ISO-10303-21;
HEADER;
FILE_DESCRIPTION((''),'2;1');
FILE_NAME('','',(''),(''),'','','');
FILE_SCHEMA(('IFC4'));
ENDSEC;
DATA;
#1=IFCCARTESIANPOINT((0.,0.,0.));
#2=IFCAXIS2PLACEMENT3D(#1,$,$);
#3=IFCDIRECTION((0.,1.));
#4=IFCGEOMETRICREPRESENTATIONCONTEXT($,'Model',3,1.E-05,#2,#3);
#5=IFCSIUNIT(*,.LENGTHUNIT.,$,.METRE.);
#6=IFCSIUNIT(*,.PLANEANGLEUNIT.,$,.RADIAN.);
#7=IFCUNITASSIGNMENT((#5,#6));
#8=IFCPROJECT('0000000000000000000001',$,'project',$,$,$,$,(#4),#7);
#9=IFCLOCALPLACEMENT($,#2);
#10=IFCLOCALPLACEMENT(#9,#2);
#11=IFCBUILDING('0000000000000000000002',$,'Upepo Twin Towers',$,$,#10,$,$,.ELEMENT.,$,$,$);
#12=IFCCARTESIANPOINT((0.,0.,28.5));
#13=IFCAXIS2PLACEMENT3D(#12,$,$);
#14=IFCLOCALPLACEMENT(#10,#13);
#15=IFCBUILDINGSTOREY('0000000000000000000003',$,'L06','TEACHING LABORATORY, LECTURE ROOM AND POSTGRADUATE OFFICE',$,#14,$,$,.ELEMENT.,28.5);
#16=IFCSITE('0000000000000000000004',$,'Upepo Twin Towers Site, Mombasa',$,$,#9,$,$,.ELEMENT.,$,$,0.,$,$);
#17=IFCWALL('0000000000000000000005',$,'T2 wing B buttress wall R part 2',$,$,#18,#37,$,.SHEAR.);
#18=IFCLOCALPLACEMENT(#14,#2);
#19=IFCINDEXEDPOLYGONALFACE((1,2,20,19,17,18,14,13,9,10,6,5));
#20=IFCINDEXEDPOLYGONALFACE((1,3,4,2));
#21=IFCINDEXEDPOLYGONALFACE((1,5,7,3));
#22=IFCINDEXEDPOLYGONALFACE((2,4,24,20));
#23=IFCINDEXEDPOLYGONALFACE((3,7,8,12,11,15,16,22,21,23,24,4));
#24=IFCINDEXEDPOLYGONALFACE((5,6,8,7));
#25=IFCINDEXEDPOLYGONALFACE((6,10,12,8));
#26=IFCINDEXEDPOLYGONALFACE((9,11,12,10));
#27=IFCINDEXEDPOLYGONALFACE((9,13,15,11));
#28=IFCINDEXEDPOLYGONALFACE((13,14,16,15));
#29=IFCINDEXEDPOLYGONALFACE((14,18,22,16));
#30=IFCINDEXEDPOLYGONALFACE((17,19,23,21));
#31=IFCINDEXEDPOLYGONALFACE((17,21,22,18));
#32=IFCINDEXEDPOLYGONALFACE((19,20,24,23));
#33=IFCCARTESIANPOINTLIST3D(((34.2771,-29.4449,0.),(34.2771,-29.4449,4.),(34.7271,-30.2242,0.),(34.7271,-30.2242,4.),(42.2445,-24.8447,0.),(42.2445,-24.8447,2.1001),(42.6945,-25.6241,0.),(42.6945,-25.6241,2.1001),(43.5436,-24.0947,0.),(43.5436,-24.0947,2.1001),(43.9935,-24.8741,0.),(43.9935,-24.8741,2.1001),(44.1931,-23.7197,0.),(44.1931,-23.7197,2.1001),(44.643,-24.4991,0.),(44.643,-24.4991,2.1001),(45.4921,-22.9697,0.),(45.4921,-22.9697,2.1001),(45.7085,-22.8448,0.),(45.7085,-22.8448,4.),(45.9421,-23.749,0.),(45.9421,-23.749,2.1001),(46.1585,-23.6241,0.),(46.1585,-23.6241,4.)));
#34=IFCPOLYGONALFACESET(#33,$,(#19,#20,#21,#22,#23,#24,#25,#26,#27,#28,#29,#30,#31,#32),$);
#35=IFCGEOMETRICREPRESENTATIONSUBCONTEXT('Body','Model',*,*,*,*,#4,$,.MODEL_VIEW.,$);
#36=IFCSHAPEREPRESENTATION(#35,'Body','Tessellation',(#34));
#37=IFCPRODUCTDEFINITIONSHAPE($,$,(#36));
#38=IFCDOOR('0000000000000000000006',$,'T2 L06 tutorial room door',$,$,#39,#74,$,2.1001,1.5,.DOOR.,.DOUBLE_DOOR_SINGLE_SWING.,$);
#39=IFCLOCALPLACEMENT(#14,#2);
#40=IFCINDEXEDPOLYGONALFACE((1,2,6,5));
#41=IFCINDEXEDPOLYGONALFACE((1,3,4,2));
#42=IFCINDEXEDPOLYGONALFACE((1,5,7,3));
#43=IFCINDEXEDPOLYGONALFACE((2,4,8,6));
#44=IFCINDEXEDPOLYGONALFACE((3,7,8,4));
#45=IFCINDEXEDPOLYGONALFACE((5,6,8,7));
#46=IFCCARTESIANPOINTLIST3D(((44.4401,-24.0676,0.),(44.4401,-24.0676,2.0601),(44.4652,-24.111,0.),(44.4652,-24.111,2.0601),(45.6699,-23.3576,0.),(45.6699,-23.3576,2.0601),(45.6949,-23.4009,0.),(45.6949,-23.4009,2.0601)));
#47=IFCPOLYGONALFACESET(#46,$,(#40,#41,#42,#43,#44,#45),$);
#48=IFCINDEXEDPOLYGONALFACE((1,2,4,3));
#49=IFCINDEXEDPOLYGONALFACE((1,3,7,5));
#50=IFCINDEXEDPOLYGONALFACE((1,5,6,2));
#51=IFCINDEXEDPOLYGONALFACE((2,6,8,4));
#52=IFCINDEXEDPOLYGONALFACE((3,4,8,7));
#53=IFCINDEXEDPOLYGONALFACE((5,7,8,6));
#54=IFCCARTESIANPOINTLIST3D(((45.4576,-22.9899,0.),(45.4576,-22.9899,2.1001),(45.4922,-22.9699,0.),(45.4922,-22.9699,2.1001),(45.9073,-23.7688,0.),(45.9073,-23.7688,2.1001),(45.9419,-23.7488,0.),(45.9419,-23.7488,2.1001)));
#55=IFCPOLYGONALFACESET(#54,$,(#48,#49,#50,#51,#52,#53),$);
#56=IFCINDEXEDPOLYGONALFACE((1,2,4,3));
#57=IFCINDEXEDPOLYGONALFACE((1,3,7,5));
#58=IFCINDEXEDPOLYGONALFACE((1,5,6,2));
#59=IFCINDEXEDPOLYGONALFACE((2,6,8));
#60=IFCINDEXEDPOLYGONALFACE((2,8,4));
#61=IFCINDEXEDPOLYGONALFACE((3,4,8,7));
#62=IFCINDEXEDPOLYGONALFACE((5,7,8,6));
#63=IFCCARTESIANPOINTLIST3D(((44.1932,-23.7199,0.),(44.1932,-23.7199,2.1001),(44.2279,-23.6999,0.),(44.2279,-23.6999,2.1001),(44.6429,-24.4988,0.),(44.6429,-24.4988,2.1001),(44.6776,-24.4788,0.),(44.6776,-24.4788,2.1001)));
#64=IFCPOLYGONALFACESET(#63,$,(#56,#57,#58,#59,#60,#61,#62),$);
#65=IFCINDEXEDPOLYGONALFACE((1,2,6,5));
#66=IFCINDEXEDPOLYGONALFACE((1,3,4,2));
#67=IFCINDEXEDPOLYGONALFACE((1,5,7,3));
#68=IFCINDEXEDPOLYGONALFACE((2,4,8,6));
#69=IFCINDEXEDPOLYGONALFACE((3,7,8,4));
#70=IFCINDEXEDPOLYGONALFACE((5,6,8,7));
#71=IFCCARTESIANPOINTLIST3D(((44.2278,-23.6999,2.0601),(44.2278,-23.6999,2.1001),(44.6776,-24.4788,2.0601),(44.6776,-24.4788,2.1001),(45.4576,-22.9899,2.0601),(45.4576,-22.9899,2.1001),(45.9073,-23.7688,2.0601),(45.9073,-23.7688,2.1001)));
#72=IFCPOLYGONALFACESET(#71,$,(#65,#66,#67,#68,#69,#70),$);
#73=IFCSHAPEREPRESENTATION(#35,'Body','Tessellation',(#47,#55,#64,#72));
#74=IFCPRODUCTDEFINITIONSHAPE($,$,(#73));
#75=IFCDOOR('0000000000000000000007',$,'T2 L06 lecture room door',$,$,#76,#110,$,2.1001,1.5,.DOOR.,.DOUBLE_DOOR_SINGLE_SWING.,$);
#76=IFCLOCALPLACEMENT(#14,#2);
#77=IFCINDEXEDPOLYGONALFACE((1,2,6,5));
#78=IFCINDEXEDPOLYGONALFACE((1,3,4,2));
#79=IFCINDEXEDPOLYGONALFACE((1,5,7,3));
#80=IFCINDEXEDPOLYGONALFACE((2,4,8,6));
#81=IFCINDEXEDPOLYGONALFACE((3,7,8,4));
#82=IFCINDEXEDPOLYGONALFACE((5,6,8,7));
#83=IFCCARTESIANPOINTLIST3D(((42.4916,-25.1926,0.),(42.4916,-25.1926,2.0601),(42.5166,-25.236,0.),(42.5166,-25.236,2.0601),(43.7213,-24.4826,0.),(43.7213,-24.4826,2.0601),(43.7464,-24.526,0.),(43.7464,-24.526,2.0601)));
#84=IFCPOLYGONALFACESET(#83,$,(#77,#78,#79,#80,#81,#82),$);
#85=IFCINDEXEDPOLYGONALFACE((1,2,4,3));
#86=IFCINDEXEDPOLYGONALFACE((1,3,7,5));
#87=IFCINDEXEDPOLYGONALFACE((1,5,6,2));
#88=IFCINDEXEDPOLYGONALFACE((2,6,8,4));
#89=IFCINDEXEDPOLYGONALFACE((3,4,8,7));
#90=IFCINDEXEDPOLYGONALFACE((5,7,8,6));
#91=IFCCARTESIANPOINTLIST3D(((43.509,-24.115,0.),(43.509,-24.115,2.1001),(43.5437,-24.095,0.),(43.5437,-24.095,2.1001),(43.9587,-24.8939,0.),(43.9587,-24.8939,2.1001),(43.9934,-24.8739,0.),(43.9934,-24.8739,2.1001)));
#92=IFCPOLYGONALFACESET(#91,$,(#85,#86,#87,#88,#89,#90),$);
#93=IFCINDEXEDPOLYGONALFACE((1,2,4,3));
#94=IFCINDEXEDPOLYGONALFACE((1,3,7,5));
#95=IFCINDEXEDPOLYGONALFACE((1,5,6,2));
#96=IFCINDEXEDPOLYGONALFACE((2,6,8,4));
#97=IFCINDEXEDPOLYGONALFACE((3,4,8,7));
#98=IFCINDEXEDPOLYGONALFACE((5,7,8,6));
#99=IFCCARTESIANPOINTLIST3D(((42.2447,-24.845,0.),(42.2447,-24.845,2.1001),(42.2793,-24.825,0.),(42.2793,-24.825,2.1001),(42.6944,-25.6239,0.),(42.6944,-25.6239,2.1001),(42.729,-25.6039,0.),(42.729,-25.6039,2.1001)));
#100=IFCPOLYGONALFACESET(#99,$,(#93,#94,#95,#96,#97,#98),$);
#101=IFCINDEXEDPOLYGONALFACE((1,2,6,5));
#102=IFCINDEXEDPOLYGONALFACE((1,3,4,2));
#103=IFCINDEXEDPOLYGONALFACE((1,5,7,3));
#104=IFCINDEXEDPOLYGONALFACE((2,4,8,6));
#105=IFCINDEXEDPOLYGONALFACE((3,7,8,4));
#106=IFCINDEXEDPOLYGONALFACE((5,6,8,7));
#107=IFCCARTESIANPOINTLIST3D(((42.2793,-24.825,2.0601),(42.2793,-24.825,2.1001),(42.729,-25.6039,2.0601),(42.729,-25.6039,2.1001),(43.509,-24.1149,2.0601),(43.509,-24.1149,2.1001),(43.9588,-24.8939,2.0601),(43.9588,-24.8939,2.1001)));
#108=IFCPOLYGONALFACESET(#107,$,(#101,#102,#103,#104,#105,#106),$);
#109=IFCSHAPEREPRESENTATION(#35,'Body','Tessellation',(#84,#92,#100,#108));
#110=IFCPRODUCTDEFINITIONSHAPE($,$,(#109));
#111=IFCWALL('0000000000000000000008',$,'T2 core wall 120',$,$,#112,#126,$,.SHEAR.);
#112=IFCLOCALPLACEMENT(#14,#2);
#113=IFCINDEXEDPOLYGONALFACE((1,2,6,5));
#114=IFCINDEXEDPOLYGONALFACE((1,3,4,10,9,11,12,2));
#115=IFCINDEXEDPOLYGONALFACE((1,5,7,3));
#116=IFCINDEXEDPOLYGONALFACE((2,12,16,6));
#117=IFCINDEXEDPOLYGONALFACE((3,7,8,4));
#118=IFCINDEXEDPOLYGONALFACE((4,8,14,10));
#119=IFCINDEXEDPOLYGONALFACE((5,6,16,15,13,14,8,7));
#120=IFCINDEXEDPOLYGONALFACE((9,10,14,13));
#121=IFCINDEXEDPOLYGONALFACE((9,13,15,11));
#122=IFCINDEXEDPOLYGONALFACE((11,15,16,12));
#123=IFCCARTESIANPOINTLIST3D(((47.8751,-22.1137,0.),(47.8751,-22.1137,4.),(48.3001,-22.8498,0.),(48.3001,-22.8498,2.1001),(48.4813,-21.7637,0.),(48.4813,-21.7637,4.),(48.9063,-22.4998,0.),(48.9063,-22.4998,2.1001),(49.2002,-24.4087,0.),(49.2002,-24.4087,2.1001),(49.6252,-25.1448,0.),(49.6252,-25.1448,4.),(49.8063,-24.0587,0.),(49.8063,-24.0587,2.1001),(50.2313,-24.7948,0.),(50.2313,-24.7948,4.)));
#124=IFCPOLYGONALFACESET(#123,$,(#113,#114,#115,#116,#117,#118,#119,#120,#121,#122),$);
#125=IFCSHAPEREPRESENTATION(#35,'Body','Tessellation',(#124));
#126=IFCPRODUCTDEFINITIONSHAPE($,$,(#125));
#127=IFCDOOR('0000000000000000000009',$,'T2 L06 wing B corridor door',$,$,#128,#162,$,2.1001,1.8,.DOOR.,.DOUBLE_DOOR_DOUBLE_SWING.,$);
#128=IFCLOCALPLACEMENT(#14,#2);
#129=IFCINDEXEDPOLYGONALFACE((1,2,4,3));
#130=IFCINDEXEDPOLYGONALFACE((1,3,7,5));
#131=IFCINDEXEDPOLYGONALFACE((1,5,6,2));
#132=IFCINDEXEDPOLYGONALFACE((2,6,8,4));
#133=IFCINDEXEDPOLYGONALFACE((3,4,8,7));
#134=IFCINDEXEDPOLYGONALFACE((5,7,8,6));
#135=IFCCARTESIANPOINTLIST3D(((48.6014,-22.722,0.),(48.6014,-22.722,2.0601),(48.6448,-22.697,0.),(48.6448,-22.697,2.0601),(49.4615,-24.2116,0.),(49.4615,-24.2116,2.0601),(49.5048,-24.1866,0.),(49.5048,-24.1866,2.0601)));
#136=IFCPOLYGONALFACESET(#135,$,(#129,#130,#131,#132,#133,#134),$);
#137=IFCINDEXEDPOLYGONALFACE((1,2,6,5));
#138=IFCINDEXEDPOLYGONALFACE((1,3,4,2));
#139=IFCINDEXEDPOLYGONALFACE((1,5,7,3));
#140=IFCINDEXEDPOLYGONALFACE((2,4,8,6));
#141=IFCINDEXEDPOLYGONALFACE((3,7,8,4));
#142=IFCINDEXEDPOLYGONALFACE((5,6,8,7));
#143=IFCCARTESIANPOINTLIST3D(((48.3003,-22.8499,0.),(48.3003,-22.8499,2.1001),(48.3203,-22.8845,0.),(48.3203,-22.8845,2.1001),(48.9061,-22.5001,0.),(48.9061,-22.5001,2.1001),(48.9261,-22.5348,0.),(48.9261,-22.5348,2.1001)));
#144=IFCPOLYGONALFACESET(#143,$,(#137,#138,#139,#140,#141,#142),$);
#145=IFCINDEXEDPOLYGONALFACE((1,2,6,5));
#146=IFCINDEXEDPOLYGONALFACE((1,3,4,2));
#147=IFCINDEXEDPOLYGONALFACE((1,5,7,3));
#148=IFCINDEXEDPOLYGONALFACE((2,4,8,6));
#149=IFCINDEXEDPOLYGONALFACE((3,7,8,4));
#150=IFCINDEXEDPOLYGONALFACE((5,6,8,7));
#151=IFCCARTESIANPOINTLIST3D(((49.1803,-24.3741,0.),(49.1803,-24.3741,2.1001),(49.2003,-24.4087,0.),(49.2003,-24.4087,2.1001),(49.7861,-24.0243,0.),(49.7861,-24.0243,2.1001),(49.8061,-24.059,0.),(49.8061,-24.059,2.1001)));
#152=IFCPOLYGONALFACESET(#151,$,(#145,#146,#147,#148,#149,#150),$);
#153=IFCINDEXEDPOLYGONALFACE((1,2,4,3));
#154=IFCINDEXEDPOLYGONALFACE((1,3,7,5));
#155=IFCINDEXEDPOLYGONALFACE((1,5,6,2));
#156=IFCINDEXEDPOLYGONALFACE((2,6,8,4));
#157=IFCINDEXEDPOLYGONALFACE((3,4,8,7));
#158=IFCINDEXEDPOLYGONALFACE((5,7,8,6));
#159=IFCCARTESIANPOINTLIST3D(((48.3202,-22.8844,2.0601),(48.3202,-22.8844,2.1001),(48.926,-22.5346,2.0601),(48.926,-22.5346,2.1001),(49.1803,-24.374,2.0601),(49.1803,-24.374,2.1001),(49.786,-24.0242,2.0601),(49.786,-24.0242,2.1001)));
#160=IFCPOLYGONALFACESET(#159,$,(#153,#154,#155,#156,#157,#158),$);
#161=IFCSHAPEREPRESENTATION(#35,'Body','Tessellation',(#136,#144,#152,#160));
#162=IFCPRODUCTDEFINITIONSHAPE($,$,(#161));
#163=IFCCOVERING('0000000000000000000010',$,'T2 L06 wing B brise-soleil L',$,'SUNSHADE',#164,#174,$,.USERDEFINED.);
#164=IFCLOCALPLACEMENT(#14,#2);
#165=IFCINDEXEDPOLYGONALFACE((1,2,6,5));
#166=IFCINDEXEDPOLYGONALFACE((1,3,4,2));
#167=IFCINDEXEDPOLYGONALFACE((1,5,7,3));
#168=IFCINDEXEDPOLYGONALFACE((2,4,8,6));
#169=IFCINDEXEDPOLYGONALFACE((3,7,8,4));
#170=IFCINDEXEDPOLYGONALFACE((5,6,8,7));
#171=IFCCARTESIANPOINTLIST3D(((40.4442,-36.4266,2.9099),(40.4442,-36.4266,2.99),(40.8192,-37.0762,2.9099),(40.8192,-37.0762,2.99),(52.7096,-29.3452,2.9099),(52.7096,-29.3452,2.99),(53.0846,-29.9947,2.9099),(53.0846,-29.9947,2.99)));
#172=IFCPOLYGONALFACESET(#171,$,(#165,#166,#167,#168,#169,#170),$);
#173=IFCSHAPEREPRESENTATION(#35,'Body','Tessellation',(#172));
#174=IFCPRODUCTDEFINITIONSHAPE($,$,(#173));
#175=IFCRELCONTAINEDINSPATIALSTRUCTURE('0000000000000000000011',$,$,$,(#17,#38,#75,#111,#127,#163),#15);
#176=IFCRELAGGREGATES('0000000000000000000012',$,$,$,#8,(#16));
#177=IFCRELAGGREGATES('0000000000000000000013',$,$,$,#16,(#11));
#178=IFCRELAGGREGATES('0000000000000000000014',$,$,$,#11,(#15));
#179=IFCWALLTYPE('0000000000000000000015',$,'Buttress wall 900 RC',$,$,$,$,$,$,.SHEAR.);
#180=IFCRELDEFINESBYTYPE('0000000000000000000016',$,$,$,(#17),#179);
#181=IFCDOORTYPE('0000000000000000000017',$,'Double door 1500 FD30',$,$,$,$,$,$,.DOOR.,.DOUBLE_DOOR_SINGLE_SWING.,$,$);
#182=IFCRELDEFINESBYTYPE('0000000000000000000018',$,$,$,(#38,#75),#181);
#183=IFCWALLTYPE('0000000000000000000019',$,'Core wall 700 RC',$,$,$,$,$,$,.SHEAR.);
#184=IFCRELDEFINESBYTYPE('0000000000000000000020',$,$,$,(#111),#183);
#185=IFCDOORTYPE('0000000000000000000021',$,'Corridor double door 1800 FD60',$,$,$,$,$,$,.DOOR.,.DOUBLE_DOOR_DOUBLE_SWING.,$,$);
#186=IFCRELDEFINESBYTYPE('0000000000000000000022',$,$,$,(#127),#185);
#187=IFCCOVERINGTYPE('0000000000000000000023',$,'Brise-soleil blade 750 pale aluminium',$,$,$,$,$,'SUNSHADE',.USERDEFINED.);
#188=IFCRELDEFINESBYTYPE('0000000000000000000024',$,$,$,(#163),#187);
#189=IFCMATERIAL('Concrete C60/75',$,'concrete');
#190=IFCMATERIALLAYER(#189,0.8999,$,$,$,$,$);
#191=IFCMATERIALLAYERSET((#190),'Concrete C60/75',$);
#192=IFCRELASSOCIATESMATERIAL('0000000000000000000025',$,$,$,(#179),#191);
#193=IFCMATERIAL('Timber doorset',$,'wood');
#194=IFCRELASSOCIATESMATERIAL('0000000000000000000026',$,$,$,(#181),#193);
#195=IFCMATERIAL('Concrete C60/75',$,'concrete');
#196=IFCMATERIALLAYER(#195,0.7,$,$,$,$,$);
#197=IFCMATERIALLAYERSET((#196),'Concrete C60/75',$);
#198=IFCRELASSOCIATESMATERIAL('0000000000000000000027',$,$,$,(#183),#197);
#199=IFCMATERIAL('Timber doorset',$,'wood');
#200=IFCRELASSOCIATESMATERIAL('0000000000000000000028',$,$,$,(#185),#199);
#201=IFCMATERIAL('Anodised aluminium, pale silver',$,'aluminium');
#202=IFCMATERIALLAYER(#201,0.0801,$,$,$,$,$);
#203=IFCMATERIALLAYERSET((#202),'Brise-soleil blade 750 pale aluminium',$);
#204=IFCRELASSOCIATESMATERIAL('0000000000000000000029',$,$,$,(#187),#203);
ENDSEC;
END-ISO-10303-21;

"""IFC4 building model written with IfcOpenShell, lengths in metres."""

from ifc_helpers import new_model, si_unit, direction, frame, frame_2d, origin, origin_2d, place, context, subcontext, project, spatial, rectangle, extrude, material, layer, layer_set, type_object, element, fill, save


model = new_model("IFC4")

# Units and contexts
model_context = context("Model", 3, precision=1e-05, world=origin(), true_north=direction((0.0, 1.0)))
body_context = subcontext(model_context, "Body", "Model", "MODEL_VIEW")
ifc_project = project(units=[si_unit("LENGTHUNIT", "METRE"), si_unit("PLANEANGLEUNIT", "RADIAN")], contexts=[model_context])

# Site, building, storey
site_placement = place(None, origin())
site = spatial("IfcSite", under=ifc_project, at=site_placement, Name="Upepo Twin Towers Site, Mombasa", CompositionType="ELEMENT", RefElevation=0.0)
building_placement = place(site_placement, origin())
building = spatial("IfcBuilding", under=site, at=building_placement, Name="Upepo Twin Towers", CompositionType="ELEMENT")
storey_placement = place(building_placement, frame((0.0, 0.0, 28.5)))
storey = spatial("IfcBuildingStorey", under=building, at=storey_placement, Name="L06", Description="TEACHING LABORATORY, LECTURE ROOM AND POSTGRADUATE OFFICE", CompositionType="ELEMENT", Elevation=28.5)

# Wall, openings, doors
ifc_material_1 = material(Name="Concrete C60/75", Category="concrete")
ifc_layer_1 = layer(ifc_material_1, 0.8999)
ifc_layer_set_1 = layer_set([ifc_layer_1], Name="Concrete C60/75")
wall_type_1 = type_object("IfcWallType", Name="Buttress wall 900 RC", PredefinedType="SHEAR", material=ifc_layer_set_1)
ifc_material_2 = material(Name="Timber doorset", Category="wood")
door_type_1 = type_object("IfcDoorType", Name="Double door 1500 FD30", OperationType="DOUBLE_DOOR_SINGLE_SWING", PredefinedType="DOOR", material=ifc_material_2)
wall_1_placement = place(storey_placement, frame((45.9336, -23.2344, 0.0), z_axis=(0.0, 0.0, 1.0), x_axis=(-0.86602, -0.50001, 0.0)))
wall_1 = element("IfcWall", 1, at=wall_1_placement, inside=storey, type_object=wall_type_1, Name="T2 wing B buttress wall R part 2", PredefinedType="SHEAR", context=body_context, shape_type="SweptSolid", body=[
    extrude(rectangle(XDim=13.2, YDim=0.8999, at=frame_2d((6.6001, 0.0))), origin(), (0.0, 0.0, 1.0), 4.0),
])
opening_1_placement = place(wall_1_placement, frame((0.25, 0.0, 0.0)))
opening_1 = element("IfcOpeningElement", 2, at=opening_1_placement, cuts=wall_1, PredefinedType="OPENING", context=body_context, shape_type="SweptSolid", body=[
    extrude(rectangle(XDim=1.5, YDim=2.1001, at=frame_2d((0.75, 1.05))), frame((0.0, 0.46, 0.0), z_axis=(0.0, -1.0, 0.0), x_axis=(1.0, 0.0, 0.0)), (0.0, 0.0, 1.0), 0.9199),
])
opening_2_placement = place(wall_1_placement, frame((2.5, 0.0, 0.0)))
opening_2 = element("IfcOpeningElement", 3, at=opening_2_placement, cuts=wall_1, PredefinedType="OPENING", context=body_context, shape_type="SweptSolid", body=[
    extrude(rectangle(XDim=1.5, YDim=2.1001, at=frame_2d((0.75, 1.05))), frame((0.0, 0.46, 0.0), z_axis=(0.0, -1.0, 0.0), x_axis=(1.0, 0.0, 0.0)), (0.0, 0.0, 1.0), 0.9199),
])
door_1_placement = place(opening_1_placement, origin())
door_1 = element("IfcDoor", 4, at=door_1_placement, inside=storey, type_object=door_type_1, Name="T2 L06 tutorial room door", OperationType="DOUBLE_DOOR_SINGLE_SWING", OverallHeight=2.1001, OverallWidth=1.5, PredefinedType="DOOR", context=body_context, shape_type="SweptSolid", body=[
    extrude(rectangle(XDim=1.42, YDim=2.0601, at=frame_2d((0.75, 1.03))), frame((0.0, 0.0249, 0.0), z_axis=(0.0, -1.0, 0.0), x_axis=(1.0, 0.0, 0.0)), (0.0, 0.0, 1.0), 0.05),
    extrude(rectangle(XDim=0.04, YDim=2.1001, at=frame_2d((0.02, 1.05))), frame((0.0, 0.4497, 0.0), z_axis=(0.0, -1.0, 0.0), x_axis=(1.0, 0.0, 0.0)), (0.0, 0.0, 1.0), 0.8994),
    extrude(rectangle(XDim=0.04, YDim=2.1001, at=frame_2d((1.48, 1.05))), frame((0.0, 0.4497, 0.0), z_axis=(0.0, -1.0, 0.0), x_axis=(1.0, 0.0, 0.0)), (0.0, 0.0, 1.0), 0.8994),
    extrude(rectangle(XDim=1.42, YDim=0.04, at=frame_2d((0.75, 2.0801))), frame((0.0, 0.4497, 0.0), z_axis=(0.0, -1.0, 0.0), x_axis=(1.0, 0.0, 0.0)), (0.0, 0.0, 1.0), 0.8994),
])
fill(opening_1, door_1)
door_2_placement = place(opening_2_placement, origin())
door_2 = element("IfcDoor", 5, at=door_2_placement, inside=storey, type_object=door_type_1, Name="T2 L06 lecture room door", OperationType="DOUBLE_DOOR_SINGLE_SWING", OverallHeight=2.1001, OverallWidth=1.5, PredefinedType="DOOR", context=body_context, shape_type="SweptSolid", body=[
    extrude(rectangle(XDim=1.42, YDim=2.0601, at=frame_2d((0.75, 1.03))), frame((0.0, 0.0249, 0.0), z_axis=(0.0, -1.0, 0.0), x_axis=(1.0, 0.0, 0.0)), (0.0, 0.0, 1.0), 0.05),
    extrude(rectangle(XDim=0.04, YDim=2.1001, at=frame_2d((0.02, 1.05))), frame((0.0, 0.4497, 0.0), z_axis=(0.0, -1.0, 0.0), x_axis=(1.0, 0.0, 0.0)), (0.0, 0.0, 1.0), 0.8994),
    extrude(rectangle(XDim=0.04, YDim=2.1001, at=frame_2d((1.48, 1.05))), frame((0.0, 0.4497, 0.0), z_axis=(0.0, -1.0, 0.0), x_axis=(1.0, 0.0, 0.0)), (0.0, 0.0, 1.0), 0.8994),
    extrude(rectangle(XDim=1.42, YDim=0.04, at=frame_2d((0.75, 2.0801))), frame((0.0, 0.4497, 0.0), z_axis=(0.0, -1.0, 0.0), x_axis=(1.0, 0.0, 0.0)), (0.0, 0.0, 1.0), 0.8994),
])
fill(opening_2, door_2)

# Wall, opening, door
ifc_material_3 = material(Name="Concrete C60/75", Category="concrete")
ifc_layer_2 = layer(ifc_material_3, 0.7)
ifc_layer_set_2 = layer_set([ifc_layer_2], Name="Concrete C60/75")
wall_type_2 = type_object("IfcWallType", Name="Core wall 700 RC", PredefinedType="SHEAR", material=ifc_layer_set_2)
wall_2_placement = place(storey_placement, frame((48.1782, -21.9387, 0.0), z_axis=(0.0, 0.0, 1.0), x_axis=(0.50001, -0.866019, 0.0)))
wall_2 = element("IfcWall", 6, at=wall_2_placement, inside=storey, type_object=wall_type_2, Name="T2 core wall 120", PredefinedType="SHEAR", context=body_context, shape_type="SweptSolid", body=[
    extrude(rectangle(XDim=3.5, YDim=0.7, at=frame_2d((1.75, 0.0))), origin(), (0.0, 0.0, 1.0), 4.0),
])
opening_3_placement = place(wall_2_placement, frame((0.8501, 0.0, 0.0)))
opening_3 = element("IfcOpeningElement", 7, at=opening_3_placement, cuts=wall_2, PredefinedType="OPENING", context=body_context, shape_type="SweptSolid", body=[
    extrude(rectangle(XDim=1.8, YDim=2.1001, at=frame_2d((0.8999, 1.05))), frame((0.0, 0.3599, 0.0), z_axis=(0.0, -1.0, 0.0), x_axis=(1.0, 0.0, 0.0)), (0.0, 0.0, 1.0), 0.72),
])
ifc_material_4 = material(Name="Timber doorset", Category="wood")
door_type_2 = type_object("IfcDoorType", Name="Corridor double door 1800 FD60", OperationType="DOUBLE_DOOR_DOUBLE_SWING", PredefinedType="DOOR", material=ifc_material_4)
door_3_placement = place(opening_3_placement, origin())
door_3 = element("IfcDoor", 8, at=door_3_placement, inside=storey, type_object=door_type_2, Name="T2 L06 wing B corridor door", OperationType="DOUBLE_DOOR_DOUBLE_SWING", OverallHeight=2.1001, OverallWidth=1.8, PredefinedType="DOOR", context=body_context, shape_type="SweptSolid", body=[
    extrude(rectangle(XDim=1.72, YDim=2.0601, at=frame_2d((0.8999, 1.03))), frame((0.0, 0.0249, 0.0), z_axis=(0.0, -1.0, 0.0), x_axis=(1.0, 0.0, 0.0)), (0.0, 0.0, 1.0), 0.05),
    extrude(rectangle(XDim=0.04, YDim=2.1001, at=frame_2d((0.02, 1.05))), frame((0.0, 0.3496, 0.0), z_axis=(0.0, -1.0, 0.0), x_axis=(1.0, 0.0, 0.0)), (0.0, 0.0, 1.0), 0.6995),
    extrude(rectangle(XDim=0.04, YDim=2.1001, at=frame_2d((1.78, 1.05))), frame((0.0, 0.3496, 0.0), z_axis=(0.0, -1.0, 0.0), x_axis=(1.0, 0.0, 0.0)), (0.0, 0.0, 1.0), 0.6995),
    extrude(rectangle(XDim=1.72, YDim=0.04, at=frame_2d((0.8999, 2.0801))), frame((0.0, 0.3496, 0.0), z_axis=(0.0, -1.0, 0.0), x_axis=(1.0, 0.0, 0.0)), (0.0, 0.0, 1.0), 0.6995),
])
fill(opening_3, door_3)

# Covering
ifc_material_5 = material(Name="Anodised aluminium, pale silver", Category="aluminium")
ifc_layer_3 = layer(ifc_material_5, 0.0801)
ifc_layer_set_3 = layer_set([ifc_layer_3], Name="Brise-soleil blade 750 pale aluminium")
covering_type = type_object("IfcCoveringType", Name="Brise-soleil blade 750 pale aluminium", ElementType="SUNSHADE", PredefinedType="USERDEFINED", material=ifc_layer_set_3)
covering_placement = place(storey_placement, frame((46.7644, -33.2107, 2.9099), z_axis=(0.0, 0.0, 1.0), x_axis=(-0.866025, -0.5, 0.0)))
element("IfcCovering", 9, at=covering_placement, inside=storey, type_object=covering_type, Name="T2 L06 wing B brise-soleil L", ObjectType="SUNSHADE", PredefinedType="USERDEFINED", context=body_context, shape_type="SweptSolid", body=[
    extrude(rectangle(XDim=14.1628, YDim=0.75, at=origin_2d()), origin(), (0.0, 0.0, 1.0), 0.0801),
])

save(model, "model.ifc")
